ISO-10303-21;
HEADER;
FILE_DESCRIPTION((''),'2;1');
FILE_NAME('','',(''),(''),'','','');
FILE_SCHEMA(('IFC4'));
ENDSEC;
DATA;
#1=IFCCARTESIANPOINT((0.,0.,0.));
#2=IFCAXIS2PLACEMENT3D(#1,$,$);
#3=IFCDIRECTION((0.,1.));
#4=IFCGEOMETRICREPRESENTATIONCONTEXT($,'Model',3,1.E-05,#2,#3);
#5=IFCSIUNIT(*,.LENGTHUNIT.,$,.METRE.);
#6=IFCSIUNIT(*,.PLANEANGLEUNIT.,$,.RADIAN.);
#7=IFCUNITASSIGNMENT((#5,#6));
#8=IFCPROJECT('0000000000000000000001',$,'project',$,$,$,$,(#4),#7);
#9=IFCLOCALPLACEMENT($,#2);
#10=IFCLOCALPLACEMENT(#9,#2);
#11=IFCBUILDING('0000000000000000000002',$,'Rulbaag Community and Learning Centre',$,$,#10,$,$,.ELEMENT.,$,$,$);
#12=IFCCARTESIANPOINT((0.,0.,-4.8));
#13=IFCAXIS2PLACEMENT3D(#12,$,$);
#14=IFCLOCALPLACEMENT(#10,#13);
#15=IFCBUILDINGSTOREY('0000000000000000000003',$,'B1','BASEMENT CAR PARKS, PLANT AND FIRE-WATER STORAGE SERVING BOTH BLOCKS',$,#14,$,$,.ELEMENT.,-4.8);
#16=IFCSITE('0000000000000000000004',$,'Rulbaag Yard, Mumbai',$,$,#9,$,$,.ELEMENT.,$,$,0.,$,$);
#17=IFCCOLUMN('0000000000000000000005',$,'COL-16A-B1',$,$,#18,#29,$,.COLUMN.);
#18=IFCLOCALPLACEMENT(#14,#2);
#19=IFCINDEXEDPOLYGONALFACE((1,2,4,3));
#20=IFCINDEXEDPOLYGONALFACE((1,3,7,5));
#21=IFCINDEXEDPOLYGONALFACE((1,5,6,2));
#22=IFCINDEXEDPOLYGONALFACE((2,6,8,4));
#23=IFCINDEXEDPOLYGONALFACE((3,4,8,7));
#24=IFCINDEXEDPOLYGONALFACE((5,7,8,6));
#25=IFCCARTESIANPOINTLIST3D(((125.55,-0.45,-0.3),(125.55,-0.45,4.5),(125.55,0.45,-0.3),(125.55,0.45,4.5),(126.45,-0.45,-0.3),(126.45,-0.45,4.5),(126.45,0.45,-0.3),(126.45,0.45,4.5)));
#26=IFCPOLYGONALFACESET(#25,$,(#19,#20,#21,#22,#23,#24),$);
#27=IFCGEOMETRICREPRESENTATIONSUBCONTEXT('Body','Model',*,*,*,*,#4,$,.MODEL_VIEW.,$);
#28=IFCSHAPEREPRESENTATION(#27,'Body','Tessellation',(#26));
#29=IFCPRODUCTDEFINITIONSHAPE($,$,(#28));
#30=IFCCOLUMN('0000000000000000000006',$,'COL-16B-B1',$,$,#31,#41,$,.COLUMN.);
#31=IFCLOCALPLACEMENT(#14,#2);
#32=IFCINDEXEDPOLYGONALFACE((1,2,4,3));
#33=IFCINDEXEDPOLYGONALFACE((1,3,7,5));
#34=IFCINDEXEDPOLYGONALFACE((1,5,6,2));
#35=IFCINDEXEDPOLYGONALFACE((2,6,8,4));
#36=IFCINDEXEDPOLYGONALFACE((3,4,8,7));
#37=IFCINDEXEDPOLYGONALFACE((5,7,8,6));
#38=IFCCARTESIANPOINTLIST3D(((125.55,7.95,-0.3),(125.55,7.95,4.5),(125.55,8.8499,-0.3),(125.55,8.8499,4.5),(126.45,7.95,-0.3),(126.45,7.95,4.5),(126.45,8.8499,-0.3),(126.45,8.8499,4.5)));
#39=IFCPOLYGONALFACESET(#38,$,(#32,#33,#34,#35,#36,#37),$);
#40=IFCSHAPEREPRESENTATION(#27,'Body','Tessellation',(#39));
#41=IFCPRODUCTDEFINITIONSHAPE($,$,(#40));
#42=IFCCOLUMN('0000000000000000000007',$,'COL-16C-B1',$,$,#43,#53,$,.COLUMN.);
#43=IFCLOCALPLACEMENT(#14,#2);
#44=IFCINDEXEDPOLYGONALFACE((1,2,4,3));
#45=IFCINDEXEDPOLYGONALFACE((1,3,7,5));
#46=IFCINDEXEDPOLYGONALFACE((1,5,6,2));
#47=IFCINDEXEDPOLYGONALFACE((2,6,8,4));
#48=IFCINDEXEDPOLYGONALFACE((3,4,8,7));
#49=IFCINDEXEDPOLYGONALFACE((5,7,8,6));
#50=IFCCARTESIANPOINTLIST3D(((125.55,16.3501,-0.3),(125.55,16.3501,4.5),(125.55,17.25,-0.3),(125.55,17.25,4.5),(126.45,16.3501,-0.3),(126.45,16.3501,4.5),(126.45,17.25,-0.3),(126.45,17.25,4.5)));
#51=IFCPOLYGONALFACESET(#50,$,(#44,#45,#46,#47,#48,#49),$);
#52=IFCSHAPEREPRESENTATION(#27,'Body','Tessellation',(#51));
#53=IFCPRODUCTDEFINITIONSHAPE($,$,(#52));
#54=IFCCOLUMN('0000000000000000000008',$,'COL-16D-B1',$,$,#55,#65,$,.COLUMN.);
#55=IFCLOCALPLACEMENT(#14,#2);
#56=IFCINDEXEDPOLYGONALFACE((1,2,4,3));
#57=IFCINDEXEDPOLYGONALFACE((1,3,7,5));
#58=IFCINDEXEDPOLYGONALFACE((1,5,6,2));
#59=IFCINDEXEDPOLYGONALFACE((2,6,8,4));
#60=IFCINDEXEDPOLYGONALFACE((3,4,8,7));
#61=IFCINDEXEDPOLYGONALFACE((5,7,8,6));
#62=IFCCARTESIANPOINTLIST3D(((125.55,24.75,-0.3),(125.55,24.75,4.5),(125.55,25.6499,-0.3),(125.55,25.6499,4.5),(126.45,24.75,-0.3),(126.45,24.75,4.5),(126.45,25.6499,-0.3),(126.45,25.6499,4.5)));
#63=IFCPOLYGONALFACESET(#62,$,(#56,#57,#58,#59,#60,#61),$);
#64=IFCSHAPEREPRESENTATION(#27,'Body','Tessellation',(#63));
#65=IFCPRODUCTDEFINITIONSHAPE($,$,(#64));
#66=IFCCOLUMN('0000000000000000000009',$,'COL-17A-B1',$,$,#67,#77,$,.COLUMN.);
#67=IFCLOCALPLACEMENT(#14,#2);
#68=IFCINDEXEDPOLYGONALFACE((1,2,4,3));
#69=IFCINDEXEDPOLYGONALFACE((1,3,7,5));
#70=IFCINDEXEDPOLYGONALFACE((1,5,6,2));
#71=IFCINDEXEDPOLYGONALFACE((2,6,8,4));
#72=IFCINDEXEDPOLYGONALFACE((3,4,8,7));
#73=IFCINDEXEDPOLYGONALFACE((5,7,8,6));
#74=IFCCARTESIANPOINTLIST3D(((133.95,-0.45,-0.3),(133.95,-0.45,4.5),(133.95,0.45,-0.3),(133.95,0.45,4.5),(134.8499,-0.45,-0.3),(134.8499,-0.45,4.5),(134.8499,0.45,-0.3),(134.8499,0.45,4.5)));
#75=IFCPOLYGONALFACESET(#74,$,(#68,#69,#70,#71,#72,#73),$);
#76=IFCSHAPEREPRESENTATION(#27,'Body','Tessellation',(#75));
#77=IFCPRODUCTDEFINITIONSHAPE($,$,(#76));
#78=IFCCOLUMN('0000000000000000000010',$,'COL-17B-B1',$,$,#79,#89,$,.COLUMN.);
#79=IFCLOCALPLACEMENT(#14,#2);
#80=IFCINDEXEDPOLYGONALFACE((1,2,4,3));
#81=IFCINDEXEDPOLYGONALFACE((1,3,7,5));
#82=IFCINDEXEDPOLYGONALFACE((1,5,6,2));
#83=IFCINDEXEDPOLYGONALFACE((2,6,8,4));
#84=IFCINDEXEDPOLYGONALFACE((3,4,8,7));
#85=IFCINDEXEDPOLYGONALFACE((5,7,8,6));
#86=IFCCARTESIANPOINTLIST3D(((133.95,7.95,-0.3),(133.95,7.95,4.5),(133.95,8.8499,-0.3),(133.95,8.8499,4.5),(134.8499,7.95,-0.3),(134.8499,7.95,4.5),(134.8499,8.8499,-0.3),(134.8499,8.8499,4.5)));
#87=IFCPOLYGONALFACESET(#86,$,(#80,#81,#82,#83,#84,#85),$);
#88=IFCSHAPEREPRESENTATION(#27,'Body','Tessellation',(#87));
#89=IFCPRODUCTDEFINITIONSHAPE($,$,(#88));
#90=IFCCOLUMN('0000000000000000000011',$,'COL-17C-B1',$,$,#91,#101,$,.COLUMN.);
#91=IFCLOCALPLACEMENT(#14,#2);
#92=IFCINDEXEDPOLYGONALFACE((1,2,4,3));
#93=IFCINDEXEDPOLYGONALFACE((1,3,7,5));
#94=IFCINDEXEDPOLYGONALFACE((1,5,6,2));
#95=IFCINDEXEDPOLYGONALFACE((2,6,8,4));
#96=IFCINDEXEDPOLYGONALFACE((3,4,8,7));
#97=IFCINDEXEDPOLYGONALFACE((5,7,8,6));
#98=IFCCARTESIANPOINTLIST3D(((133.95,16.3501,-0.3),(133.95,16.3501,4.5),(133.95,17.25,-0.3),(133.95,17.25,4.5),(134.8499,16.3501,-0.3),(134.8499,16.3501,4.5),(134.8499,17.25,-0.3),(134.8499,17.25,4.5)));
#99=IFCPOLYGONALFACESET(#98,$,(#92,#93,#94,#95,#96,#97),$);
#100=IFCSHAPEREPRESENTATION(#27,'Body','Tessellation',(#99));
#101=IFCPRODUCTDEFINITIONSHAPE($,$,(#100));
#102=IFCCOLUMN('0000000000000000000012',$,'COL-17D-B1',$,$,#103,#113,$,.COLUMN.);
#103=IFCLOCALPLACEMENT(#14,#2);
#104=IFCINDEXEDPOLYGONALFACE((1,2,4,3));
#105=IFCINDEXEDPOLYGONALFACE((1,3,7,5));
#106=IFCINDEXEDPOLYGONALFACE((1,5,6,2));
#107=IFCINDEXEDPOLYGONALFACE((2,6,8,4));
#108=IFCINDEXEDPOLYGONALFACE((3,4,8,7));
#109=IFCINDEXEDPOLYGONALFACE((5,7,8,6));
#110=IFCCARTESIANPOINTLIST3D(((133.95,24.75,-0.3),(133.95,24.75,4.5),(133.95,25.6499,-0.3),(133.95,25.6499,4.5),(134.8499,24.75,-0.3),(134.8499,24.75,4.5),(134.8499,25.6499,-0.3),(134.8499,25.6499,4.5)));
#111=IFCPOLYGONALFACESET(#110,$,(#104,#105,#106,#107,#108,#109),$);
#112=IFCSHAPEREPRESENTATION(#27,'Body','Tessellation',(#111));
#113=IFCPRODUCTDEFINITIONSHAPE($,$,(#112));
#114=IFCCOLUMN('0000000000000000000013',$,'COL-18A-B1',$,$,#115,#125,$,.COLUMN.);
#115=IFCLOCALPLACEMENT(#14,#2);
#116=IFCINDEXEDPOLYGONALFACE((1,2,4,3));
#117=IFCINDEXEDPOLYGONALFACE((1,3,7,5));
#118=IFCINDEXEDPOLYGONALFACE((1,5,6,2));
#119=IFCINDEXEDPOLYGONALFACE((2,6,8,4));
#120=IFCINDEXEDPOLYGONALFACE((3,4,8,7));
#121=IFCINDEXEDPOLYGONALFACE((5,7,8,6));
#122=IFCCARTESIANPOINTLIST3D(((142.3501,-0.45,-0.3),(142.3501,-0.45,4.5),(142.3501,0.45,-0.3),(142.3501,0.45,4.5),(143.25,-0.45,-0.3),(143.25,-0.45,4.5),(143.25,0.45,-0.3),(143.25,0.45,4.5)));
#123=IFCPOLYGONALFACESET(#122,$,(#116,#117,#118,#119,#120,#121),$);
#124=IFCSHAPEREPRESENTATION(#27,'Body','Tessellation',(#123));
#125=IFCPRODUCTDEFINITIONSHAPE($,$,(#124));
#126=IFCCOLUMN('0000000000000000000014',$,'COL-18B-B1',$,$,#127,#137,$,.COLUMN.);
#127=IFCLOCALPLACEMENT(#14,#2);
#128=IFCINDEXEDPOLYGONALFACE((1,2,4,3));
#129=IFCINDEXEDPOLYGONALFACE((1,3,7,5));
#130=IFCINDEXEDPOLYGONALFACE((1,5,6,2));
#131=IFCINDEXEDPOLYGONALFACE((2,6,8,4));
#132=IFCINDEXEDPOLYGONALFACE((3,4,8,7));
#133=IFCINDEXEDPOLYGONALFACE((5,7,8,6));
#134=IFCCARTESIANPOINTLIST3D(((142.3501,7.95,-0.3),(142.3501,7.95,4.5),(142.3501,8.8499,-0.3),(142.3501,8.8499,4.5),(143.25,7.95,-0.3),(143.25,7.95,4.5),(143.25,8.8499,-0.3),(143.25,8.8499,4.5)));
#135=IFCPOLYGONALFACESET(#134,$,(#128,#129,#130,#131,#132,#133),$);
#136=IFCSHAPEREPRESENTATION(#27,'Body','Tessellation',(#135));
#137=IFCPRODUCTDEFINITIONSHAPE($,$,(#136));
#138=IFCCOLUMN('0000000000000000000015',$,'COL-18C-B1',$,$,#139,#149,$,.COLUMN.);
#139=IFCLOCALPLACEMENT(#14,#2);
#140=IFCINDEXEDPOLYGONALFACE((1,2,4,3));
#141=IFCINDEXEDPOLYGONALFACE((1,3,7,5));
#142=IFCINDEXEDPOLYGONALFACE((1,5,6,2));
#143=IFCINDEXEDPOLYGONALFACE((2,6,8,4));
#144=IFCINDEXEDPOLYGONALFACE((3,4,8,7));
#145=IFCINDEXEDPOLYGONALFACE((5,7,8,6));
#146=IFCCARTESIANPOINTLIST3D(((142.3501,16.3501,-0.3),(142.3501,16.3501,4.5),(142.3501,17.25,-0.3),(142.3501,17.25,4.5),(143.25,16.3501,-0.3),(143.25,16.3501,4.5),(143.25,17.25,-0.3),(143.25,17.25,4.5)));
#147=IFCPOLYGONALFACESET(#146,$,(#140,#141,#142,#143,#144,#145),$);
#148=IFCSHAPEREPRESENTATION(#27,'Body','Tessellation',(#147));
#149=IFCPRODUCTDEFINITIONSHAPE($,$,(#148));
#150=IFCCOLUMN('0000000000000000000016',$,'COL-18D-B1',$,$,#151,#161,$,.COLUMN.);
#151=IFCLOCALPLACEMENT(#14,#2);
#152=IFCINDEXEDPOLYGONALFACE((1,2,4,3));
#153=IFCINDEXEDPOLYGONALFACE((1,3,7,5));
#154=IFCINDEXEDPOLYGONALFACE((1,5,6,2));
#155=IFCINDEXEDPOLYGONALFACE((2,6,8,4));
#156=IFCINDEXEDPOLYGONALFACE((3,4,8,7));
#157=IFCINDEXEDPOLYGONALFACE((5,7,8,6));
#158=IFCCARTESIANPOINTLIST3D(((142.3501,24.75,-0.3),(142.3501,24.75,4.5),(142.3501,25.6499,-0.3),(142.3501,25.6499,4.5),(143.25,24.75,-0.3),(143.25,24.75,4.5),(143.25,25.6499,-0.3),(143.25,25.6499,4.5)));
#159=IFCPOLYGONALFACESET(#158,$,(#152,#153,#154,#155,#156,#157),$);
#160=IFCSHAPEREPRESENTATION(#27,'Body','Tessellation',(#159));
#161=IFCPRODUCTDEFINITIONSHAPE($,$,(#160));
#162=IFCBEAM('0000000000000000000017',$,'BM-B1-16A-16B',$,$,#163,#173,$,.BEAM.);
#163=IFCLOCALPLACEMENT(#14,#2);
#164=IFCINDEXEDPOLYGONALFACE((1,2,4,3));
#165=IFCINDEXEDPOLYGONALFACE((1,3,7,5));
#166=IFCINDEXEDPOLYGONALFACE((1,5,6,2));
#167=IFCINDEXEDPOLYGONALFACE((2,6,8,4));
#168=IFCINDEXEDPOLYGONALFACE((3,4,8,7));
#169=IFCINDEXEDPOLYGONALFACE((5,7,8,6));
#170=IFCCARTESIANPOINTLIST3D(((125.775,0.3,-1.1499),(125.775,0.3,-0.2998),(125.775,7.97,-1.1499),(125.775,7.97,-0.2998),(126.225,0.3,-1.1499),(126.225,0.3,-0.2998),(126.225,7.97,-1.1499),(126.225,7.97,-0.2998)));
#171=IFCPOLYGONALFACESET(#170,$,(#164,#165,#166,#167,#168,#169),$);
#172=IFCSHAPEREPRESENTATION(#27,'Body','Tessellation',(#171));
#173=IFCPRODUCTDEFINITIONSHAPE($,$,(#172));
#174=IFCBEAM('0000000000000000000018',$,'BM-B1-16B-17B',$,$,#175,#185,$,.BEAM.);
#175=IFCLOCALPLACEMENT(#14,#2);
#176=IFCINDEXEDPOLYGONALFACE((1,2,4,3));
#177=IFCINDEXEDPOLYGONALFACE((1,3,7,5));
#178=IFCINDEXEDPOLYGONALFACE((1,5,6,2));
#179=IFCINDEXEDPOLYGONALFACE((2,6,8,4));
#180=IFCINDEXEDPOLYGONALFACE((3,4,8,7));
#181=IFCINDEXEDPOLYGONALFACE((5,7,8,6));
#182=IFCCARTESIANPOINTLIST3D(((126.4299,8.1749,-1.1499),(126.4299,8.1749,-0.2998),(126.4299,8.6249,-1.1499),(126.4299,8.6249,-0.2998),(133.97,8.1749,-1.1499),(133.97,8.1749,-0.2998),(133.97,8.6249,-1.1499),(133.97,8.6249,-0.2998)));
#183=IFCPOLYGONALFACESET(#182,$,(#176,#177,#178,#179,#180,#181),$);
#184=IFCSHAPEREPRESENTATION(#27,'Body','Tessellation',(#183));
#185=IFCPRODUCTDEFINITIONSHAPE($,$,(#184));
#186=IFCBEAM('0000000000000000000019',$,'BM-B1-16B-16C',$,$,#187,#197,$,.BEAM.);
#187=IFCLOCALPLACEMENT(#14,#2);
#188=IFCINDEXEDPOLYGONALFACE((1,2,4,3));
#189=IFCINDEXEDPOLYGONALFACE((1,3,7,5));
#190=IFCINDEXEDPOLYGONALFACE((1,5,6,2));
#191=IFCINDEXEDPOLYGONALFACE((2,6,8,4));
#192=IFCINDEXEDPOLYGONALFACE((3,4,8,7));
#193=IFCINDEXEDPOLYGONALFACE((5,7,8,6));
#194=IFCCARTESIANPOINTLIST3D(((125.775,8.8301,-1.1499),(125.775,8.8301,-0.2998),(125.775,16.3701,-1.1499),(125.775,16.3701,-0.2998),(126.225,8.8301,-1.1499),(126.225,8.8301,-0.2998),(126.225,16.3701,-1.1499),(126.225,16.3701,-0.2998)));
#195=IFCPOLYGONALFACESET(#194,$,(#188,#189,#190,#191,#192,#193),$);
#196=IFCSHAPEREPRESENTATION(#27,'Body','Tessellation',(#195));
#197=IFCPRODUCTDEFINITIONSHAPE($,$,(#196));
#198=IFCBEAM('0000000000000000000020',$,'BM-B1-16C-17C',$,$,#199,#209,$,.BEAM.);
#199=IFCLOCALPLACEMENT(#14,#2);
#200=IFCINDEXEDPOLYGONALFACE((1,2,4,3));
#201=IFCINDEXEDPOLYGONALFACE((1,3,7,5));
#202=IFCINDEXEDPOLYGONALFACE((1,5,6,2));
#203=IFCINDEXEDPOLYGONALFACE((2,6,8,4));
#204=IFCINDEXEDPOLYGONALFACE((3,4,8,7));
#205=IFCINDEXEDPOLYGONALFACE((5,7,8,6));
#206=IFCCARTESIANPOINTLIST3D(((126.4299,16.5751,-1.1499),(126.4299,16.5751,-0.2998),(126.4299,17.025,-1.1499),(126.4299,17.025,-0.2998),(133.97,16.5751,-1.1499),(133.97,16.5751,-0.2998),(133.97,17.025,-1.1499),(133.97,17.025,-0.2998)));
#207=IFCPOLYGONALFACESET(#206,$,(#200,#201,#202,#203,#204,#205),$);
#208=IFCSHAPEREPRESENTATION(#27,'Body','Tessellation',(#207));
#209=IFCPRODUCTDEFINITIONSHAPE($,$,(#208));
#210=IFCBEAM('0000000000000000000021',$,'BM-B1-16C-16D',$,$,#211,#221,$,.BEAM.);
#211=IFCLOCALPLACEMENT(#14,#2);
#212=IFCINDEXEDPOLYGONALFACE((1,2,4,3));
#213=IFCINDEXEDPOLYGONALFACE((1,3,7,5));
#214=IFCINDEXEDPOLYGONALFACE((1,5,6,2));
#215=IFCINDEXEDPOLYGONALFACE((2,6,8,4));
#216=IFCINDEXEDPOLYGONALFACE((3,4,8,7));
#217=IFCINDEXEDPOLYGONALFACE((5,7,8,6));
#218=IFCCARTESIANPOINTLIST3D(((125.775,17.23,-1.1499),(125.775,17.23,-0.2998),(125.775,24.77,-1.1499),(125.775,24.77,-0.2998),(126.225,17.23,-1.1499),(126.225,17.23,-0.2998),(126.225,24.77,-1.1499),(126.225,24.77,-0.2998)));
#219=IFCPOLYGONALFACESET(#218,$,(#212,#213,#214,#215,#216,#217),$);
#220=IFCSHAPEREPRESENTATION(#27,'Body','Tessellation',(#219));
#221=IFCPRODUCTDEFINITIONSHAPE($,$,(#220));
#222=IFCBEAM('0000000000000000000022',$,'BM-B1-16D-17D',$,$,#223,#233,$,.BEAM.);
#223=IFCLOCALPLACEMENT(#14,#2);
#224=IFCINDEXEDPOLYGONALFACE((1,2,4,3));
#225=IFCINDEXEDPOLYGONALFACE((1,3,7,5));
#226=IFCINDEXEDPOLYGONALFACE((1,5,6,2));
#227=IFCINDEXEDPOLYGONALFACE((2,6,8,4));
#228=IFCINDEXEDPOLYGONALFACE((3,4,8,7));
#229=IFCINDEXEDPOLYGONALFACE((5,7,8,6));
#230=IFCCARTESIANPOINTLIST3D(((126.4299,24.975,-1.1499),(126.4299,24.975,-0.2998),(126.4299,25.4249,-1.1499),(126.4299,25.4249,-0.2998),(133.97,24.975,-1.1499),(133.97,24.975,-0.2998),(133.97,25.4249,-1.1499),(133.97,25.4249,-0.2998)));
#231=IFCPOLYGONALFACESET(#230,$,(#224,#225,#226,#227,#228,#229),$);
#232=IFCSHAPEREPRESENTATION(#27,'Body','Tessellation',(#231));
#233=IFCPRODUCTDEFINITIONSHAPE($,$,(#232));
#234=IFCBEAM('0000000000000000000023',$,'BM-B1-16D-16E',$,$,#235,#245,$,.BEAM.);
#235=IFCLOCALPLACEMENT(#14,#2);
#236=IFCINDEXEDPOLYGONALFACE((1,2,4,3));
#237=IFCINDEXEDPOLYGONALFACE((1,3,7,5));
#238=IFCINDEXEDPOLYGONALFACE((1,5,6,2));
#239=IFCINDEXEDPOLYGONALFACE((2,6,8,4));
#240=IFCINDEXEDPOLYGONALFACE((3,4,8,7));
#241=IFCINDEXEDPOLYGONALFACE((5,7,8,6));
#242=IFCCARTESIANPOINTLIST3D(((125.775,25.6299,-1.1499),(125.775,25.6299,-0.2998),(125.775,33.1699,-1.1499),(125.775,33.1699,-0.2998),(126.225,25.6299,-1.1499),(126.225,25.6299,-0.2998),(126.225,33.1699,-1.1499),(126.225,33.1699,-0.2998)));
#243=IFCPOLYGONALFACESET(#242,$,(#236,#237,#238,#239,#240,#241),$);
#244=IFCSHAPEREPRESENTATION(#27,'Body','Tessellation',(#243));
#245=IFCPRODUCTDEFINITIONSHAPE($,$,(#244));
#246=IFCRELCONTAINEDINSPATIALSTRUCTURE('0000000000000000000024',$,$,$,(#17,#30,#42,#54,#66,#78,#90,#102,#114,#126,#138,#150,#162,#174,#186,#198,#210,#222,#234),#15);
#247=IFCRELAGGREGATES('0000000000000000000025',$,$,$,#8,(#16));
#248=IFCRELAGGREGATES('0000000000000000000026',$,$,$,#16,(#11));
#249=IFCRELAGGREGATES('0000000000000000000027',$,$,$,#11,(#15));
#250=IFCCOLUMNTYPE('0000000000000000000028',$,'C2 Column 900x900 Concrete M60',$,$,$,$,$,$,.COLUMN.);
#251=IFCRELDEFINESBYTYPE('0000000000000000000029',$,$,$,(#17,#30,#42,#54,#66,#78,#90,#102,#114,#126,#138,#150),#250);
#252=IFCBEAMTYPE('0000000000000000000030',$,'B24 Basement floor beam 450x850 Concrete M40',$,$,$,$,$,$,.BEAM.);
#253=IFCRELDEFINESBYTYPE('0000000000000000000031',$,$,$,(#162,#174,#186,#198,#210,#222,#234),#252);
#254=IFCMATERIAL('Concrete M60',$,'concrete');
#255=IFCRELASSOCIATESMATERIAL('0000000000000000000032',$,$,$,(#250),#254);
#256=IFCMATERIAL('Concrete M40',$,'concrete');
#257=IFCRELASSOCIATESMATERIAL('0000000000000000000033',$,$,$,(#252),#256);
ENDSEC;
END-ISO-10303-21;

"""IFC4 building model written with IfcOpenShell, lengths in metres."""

from ifc_helpers import new_model, si_unit, direction, frame, origin, origin_2d, place, context, subcontext, project, spatial, rectangle, extrude, material, material_profile, profile_set, type_object, element, save


model = new_model("IFC4")

# Units and contexts
model_context = context("Model", 3, precision=1e-05, world=origin(), true_north=direction((0.0, 1.0)))
body_context = subcontext(model_context, "Body", "Model", "MODEL_VIEW")
ifc_project = project(units=[si_unit("LENGTHUNIT", "METRE"), si_unit("PLANEANGLEUNIT", "RADIAN")], contexts=[model_context])

# Site, building, storey
site_placement = place(None, origin())
site = spatial("IfcSite", under=ifc_project, at=site_placement, Name="Rulbaag Yard, Mumbai", CompositionType="ELEMENT", RefElevation=0.0)
building_placement = place(site_placement, origin())
building = spatial("IfcBuilding", under=site, at=building_placement, Name="Rulbaag Community and Learning Centre", CompositionType="ELEMENT")
storey_placement = place(building_placement, frame((0.0, 0.0, -4.8)))
storey = spatial("IfcBuildingStorey", under=building, at=storey_placement, Name="B1", Description="BASEMENT CAR PARKS, PLANT AND FIRE-WATER STORAGE SERVING BOTH BLOCKS", CompositionType="ELEMENT", Elevation=-4.8)

# Columns
ifc_material_1 = material(Name="Concrete M60", Category="concrete")
ifc_material_profile_1 = material_profile(ifc_material_1, rectangle(XDim=0.8999, YDim=0.8999, at=origin_2d()), Name="RC900x900")
ifc_profile_set_1 = profile_set([ifc_material_profile_1], Name="Concrete M60")
column_type = type_object("IfcColumnType", Name="C2 Column 900x900 Concrete M60", PredefinedType="COLUMN", material=ifc_profile_set_1)
for number, where, z_axis, x_axis, name in (
    (1, (126.0, 0.0, -0.3), (0.0, 0.0, 1.0), (1.0, 0.0, 0.0), "COL-16A-B1"),
    (2, (126.0, 8.3999, -0.3), (0.0, 0.0, 1.0), (1.0, 0.0, 0.0), "COL-16B-B1"),
    (3, (126.0, 16.8, -0.3), (0.0, 0.0, 1.0), (1.0, 0.0, 0.0), "COL-16C-B1"),
    (4, (126.0, 25.2, -0.3), (0.0, 0.0, 1.0), (1.0, 0.0, 0.0), "COL-16D-B1"),
    (5, (134.3999, 0.0, -0.3), (0.0, 0.0, 1.0), (1.0, 0.0, 0.0), "COL-17A-B1"),
    (6, (134.3999, 8.3999, -0.3), (0.0, 0.0, 1.0), (1.0, 0.0, 0.0), "COL-17B-B1"),
    (7, (134.3999, 16.8, -0.3), (0.0, 0.0, 1.0), (1.0, 0.0, 0.0), "COL-17C-B1"),
    (8, (134.3999, 25.2, -0.3), (0.0, 0.0, 1.0), (1.0, 0.0, 0.0), "COL-17D-B1"),
    (9, (142.8, 0.0, -0.3), (0.0, 0.0, 1.0), (1.0, 0.0, 0.0), "COL-18A-B1"),
    (10, (142.8, 8.3999, -0.3), (0.0, 0.0, 1.0), (1.0, 0.0, 0.0), "COL-18B-B1"),
    (11, (142.8, 16.8, -0.3), (0.0, 0.0, 1.0), (1.0, 0.0, 0.0), "COL-18C-B1"),
    (12, (142.8, 25.2, -0.3), (0.0, 0.0, 1.0), (1.0, 0.0, 0.0), "COL-18D-B1"),
):
    element("IfcColumn", number, at=place(storey_placement, frame(where, z_axis=z_axis, x_axis=x_axis)), inside=storey, type_object=column_type, Name=name, PredefinedType="COLUMN", context=body_context, shape_type="SweptSolid", body=[
        extrude(rectangle(XDim=0.8999, YDim=0.8999, at=origin_2d()), origin(), (0.0, 0.0, 1.0), 4.8),
    ])

# Beams
ifc_material_2 = material(Name="Concrete M40", Category="concrete")
ifc_material_profile_2 = material_profile(ifc_material_2, rectangle(XDim=0.45, YDim=0.8501, at=origin_2d()), Name="RB450x850")
ifc_profile_set_2 = profile_set([ifc_material_profile_2], Name="Concrete M40")
beam_type = type_object("IfcBeamType", Name="B24 Basement floor beam 450x850 Concrete M40", PredefinedType="BEAM", material=ifc_profile_set_2)
beam_1_placement = place(storey_placement, frame((126.0, 0.3, -0.7249), z_axis=(0.0, 1.0, 0.0), x_axis=(-1.0, 0.0, 0.0)))
element("IfcBeam", 13, at=beam_1_placement, inside=storey, type_object=beam_type, Name="BM-B1-16A-16B", PredefinedType="BEAM", context=body_context, shape_type="SweptSolid", body=[
    extrude(rectangle(XDim=0.45, YDim=0.8501, at=origin_2d()), origin(), (0.0, 0.0, 1.0), 7.6699),
])
for number, where, z_axis, x_axis, name in (
    (14, (126.4299, 8.3999, -0.7249), (1.0, 0.0, 0.0), (0.0, 1.0, 0.0), "BM-B1-16B-17B"),
    (15, (126.0, 8.8301, -0.7249), (0.0, 1.0, 0.0), (-1.0, 0.0, 0.0), "BM-B1-16B-16C"),
    (16, (126.4299, 16.8, -0.7249), (1.0, 0.0, 0.0), (0.0, 1.0, 0.0), "BM-B1-16C-17C"),
    (17, (126.0, 17.23, -0.7249), (0.0, 1.0, 0.0), (-1.0, 0.0, 0.0), "BM-B1-16C-16D"),
    (18, (126.4299, 25.2, -0.7249), (1.0, 0.0, 0.0), (0.0, 1.0, 0.0), "BM-B1-16D-17D"),
    (19, (126.0, 25.6299, -0.7249), (0.0, 1.0, 0.0), (-1.0, 0.0, 0.0), "BM-B1-16D-16E"),
):
    element("IfcBeam", number, at=place(storey_placement, frame(where, z_axis=z_axis, x_axis=x_axis)), inside=storey, type_object=beam_type, Name=name, PredefinedType="BEAM", context=body_context, shape_type="SweptSolid", body=[
        extrude(rectangle(XDim=0.45, YDim=0.8501, at=origin_2d()), origin(), (0.0, 0.0, 1.0), 7.54),
    ])

save(model, "model.ifc")
